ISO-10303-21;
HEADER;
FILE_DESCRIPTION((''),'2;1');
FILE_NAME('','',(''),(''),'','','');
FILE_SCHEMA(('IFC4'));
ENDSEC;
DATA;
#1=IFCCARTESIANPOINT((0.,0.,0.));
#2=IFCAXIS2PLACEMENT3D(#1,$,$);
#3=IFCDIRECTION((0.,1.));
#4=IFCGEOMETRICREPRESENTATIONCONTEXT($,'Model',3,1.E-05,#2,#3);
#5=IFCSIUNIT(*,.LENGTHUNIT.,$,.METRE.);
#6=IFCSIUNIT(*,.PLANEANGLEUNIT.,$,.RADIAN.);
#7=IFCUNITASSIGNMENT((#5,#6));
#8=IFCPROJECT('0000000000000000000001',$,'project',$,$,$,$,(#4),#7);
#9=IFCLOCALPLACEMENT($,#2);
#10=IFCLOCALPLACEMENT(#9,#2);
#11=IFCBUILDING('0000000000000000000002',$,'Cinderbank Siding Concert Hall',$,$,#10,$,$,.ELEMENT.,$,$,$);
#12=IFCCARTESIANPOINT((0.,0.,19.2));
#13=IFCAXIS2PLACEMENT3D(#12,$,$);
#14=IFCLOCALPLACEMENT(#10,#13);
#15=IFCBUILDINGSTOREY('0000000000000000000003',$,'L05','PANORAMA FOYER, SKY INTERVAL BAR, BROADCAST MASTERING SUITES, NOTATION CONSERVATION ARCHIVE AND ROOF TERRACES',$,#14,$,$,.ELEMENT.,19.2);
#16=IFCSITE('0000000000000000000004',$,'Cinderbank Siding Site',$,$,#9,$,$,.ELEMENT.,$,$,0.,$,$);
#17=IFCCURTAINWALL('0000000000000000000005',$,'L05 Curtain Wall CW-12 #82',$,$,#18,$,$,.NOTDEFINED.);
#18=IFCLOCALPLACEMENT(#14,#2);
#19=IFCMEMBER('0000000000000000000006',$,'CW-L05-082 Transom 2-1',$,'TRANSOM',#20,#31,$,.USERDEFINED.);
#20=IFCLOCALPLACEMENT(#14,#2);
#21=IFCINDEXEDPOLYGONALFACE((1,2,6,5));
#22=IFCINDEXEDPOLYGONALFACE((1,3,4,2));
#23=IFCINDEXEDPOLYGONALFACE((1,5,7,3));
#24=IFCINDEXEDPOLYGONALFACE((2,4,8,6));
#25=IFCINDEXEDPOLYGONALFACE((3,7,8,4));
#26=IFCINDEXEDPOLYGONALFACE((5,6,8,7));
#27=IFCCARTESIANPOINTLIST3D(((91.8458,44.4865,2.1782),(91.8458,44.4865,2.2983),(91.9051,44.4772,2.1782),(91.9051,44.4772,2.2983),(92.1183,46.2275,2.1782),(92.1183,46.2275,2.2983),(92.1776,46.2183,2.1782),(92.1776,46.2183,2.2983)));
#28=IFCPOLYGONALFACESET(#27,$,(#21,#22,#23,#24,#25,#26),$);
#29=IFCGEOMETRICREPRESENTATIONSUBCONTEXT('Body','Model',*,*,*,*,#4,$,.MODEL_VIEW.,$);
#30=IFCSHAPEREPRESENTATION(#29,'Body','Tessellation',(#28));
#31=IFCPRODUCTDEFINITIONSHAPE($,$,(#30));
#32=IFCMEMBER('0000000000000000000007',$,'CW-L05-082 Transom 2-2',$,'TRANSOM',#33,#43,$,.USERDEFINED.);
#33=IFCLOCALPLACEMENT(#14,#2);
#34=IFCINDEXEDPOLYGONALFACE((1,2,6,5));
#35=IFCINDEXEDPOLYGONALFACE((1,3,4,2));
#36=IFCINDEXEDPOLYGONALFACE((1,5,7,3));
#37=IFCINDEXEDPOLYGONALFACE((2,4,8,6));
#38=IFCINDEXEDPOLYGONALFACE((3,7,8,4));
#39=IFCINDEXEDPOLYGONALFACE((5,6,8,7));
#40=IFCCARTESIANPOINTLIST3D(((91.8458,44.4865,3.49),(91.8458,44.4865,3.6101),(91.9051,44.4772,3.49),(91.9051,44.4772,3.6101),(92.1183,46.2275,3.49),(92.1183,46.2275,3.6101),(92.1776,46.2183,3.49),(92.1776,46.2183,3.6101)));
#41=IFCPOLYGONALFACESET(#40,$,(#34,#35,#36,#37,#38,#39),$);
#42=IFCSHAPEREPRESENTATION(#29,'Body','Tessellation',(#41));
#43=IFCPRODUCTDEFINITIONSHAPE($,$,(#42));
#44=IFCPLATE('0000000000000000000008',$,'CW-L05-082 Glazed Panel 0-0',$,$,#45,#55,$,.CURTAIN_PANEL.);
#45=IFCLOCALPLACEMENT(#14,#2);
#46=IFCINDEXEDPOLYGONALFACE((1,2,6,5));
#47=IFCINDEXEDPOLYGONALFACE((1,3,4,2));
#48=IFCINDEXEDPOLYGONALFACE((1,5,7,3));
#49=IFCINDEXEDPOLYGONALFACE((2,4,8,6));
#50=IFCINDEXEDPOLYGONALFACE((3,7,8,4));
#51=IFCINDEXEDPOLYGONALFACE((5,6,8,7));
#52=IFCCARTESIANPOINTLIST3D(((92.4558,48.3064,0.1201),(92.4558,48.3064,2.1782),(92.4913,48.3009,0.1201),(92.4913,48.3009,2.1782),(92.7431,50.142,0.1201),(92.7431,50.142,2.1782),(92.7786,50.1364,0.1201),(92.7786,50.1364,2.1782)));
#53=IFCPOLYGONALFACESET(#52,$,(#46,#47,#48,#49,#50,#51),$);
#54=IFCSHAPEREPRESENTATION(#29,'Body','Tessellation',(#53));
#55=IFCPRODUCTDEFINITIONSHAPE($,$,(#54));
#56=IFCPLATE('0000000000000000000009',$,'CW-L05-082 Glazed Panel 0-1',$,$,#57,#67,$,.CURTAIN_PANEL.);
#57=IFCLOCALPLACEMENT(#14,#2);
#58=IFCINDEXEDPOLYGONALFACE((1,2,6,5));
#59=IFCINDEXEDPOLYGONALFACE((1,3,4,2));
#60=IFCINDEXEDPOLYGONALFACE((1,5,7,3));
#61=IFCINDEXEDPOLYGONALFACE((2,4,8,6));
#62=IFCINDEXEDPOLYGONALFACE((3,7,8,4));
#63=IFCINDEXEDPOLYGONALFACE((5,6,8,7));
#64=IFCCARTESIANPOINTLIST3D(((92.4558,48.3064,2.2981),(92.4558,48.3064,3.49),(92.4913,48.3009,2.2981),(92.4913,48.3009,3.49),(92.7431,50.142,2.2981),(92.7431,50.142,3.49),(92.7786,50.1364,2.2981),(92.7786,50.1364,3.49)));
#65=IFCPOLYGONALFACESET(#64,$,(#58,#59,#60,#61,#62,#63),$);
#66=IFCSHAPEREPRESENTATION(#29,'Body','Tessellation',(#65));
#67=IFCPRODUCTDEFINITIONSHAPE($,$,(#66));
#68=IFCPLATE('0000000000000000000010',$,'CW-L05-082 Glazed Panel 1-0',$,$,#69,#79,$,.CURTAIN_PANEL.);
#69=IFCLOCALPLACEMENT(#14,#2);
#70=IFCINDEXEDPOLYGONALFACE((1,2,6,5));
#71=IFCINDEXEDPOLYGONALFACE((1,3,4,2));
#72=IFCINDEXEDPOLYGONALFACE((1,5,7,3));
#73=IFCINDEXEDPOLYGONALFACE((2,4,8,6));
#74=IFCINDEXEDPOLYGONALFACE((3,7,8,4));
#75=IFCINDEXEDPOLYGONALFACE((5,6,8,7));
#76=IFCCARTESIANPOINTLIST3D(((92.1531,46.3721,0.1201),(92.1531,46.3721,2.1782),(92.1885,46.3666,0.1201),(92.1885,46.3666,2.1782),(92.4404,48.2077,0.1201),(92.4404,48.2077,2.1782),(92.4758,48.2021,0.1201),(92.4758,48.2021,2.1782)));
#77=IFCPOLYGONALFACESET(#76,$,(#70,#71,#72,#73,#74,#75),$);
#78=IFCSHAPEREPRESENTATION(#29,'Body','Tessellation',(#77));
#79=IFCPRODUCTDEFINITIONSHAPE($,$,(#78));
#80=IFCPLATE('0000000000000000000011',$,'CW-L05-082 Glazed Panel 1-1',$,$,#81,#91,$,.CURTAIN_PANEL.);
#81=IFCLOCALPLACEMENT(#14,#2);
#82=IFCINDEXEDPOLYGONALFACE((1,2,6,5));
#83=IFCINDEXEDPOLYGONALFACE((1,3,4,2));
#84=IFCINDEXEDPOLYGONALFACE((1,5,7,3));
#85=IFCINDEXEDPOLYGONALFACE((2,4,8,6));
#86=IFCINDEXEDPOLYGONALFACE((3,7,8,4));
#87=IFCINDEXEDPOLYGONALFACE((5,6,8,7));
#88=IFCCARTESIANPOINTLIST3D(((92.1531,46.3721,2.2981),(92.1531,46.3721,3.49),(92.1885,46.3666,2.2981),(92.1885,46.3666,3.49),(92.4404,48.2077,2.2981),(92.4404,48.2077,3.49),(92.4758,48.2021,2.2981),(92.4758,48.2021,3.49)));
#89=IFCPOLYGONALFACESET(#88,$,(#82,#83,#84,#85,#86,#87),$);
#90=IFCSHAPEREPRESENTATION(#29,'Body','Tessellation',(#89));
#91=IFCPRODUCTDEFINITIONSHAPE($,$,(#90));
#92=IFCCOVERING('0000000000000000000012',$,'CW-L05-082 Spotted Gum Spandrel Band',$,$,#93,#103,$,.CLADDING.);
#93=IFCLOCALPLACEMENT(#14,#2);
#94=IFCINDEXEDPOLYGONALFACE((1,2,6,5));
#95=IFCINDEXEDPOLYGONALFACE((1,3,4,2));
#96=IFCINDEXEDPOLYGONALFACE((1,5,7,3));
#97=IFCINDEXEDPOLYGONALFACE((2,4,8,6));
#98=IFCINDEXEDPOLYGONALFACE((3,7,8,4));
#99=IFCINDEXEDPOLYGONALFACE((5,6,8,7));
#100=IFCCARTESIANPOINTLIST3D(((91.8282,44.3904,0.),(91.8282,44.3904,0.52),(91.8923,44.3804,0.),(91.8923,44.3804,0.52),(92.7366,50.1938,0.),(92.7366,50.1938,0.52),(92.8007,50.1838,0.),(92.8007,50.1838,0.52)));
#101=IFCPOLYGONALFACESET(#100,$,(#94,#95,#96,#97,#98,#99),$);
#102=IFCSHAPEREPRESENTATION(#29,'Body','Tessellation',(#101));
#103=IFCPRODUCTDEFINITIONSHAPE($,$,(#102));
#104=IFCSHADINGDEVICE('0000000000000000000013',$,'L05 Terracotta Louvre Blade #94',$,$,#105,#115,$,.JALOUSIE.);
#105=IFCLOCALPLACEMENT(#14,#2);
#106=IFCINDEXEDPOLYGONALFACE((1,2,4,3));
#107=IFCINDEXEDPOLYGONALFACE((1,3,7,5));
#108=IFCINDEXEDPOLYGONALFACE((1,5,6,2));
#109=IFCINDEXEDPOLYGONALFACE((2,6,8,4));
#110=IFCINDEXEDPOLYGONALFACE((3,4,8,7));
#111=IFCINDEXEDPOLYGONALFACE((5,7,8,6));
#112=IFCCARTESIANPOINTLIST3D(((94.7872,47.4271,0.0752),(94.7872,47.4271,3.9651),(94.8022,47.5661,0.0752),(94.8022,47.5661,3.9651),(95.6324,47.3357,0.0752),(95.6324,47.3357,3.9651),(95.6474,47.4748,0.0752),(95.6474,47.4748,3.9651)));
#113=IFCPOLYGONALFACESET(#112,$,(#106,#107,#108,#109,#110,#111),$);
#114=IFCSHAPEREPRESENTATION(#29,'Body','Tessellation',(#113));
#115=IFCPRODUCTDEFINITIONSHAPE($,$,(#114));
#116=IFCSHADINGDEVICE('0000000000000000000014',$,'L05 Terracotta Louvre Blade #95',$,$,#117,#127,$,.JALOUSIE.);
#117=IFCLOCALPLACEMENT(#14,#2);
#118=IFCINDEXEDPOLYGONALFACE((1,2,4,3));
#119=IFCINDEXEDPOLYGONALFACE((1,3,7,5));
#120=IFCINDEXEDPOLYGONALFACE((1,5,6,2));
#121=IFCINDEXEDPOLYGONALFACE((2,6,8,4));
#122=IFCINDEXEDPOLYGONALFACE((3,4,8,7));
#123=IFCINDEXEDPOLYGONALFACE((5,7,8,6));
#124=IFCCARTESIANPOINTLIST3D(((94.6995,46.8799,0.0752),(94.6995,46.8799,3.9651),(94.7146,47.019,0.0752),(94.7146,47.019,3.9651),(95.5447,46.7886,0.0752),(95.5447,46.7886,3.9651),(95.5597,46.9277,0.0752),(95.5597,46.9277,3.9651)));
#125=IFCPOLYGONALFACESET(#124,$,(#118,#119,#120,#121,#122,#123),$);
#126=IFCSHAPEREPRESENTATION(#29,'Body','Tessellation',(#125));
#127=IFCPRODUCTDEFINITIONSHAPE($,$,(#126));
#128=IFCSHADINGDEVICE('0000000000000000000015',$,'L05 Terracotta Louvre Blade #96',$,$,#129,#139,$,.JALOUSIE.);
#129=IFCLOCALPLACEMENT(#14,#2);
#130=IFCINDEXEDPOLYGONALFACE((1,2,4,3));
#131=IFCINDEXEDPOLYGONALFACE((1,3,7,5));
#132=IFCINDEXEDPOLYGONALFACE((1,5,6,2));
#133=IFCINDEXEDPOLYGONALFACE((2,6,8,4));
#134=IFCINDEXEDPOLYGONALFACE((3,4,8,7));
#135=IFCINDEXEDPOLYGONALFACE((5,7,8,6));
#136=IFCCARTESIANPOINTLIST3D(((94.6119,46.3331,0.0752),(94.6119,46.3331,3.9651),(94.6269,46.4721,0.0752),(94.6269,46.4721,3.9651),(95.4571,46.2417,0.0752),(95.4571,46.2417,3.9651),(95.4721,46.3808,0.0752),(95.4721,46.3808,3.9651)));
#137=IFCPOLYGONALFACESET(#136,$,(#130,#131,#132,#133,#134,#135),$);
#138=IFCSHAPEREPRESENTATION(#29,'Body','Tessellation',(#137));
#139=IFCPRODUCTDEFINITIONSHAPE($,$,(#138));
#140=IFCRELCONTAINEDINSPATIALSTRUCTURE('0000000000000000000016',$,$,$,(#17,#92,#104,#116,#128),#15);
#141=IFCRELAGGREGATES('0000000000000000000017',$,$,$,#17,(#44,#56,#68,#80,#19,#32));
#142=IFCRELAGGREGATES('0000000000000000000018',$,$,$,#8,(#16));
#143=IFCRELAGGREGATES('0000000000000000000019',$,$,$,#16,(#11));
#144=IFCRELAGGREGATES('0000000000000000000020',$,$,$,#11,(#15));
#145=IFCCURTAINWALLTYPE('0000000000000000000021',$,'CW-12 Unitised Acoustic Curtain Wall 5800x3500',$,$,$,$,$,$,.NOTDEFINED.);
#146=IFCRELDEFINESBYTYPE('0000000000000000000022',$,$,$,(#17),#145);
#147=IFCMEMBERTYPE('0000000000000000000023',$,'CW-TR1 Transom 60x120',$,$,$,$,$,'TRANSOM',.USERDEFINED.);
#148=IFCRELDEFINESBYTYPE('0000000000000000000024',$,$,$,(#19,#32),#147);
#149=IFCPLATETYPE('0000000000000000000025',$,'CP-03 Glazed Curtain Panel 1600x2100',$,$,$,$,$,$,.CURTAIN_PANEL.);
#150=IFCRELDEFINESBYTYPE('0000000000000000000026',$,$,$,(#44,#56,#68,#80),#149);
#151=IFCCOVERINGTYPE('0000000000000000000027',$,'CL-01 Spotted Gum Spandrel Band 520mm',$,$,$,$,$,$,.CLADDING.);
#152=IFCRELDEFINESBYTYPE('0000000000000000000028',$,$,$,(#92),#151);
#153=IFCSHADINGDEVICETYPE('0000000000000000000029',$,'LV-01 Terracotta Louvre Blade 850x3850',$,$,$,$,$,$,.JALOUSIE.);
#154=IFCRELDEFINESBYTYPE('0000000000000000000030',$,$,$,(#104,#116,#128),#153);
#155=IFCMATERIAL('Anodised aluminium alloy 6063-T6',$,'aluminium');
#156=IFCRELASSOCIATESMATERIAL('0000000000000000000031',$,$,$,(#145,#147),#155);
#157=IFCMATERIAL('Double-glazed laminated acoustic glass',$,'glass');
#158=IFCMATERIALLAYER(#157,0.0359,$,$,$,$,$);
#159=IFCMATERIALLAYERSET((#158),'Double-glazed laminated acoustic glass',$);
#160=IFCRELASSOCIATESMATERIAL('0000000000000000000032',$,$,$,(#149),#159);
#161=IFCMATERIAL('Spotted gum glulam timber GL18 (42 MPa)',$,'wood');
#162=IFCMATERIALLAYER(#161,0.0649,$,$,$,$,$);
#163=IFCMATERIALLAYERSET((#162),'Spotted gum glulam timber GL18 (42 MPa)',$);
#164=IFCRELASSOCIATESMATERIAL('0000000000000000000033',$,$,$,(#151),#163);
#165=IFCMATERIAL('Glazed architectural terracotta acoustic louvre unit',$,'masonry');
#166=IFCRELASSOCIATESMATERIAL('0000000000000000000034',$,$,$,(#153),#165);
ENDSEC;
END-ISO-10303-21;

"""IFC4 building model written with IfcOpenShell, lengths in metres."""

from ifc_helpers import new_model, si_unit, direction, frame, origin, origin_2d, place, context, subcontext, project, spatial, rectangle, extrude, material, layer, layer_set, material_profile, profile_set, type_object, element, aggregate, save


model = new_model("IFC4")

# Units and contexts
model_context = context("Model", 3, precision=1e-05, world=origin(), true_north=direction((0.0, 1.0)))
body_context = subcontext(model_context, "Body", "Model", "MODEL_VIEW")
ifc_project = project(units=[si_unit("LENGTHUNIT", "METRE"), si_unit("PLANEANGLEUNIT", "RADIAN")], contexts=[model_context])

# Site, building, storey
site_placement = place(None, origin())
site = spatial("IfcSite", under=ifc_project, at=site_placement, Name="Cinderbank Siding Site", CompositionType="ELEMENT", RefElevation=0.0)
building_placement = place(site_placement, origin())
building = spatial("IfcBuilding", under=site, at=building_placement, Name="Cinderbank Siding Concert Hall", CompositionType="ELEMENT")
storey_placement = place(building_placement, frame((0.0, 0.0, 19.2)))
storey = spatial("IfcBuildingStorey", under=building, at=storey_placement, Name="L05", Description="PANORAMA FOYER, SKY INTERVAL BAR, BROADCAST MASTERING SUITES, NOTATION CONSERVATION ARCHIVE AND ROOF TERRACES", CompositionType="ELEMENT", Elevation=19.2)

# Curtain wall, members, plates
ifc_material_1 = material(Name="Anodised aluminium alloy 6063-T6", Category="aluminium")
curtain_wall_type = type_object("IfcCurtainWallType", Name="CW-12 Unitised Acoustic Curtain Wall 5800x3500", PredefinedType="NOTDEFINED", material=ifc_material_1)
curtain_wall_placement = place(storey_placement, origin())
curtain_wall = element("IfcCurtainWall", 1, at=curtain_wall_placement, inside=storey, type_object=curtain_wall_type, Name="L05 Curtain Wall CW-12 #82", PredefinedType="NOTDEFINED")
ifc_material_profile_1 = material_profile(ifc_material_1, rectangle(XDim=0.0601, YDim=0.1201, at=origin_2d()), Name="ALU-TRAN-60x120", Category="LoadBearing")
ifc_profile_set_1 = profile_set([ifc_material_profile_1], Name="Anodised aluminium alloy 6063-T6")
member_type_1 = type_object("IfcMemberType", Name="CW-TR1 Transom 60x120", ElementType="TRANSOM", PredefinedType="USERDEFINED", material=ifc_profile_set_1)
member_1_placement = place(storey_placement, frame((92.1479, 46.2229, 2.2383), z_axis=(-0.154618, -0.987974, 0.0), x_axis=(0.987974, -0.154618, 0.0)))
member_1 = element("IfcMember", 2, at=member_1_placement, type_object=member_type_1, Name="CW-L05-082 Transom 2-1", ObjectType="TRANSOM", PredefinedType="USERDEFINED", context=body_context, shape_type="SweptSolid", body=[
    extrude(rectangle(XDim=0.0601, YDim=0.1201, at=origin_2d()), origin(), (0.0, 0.0, 1.0), 1.7622),
])
member_2_placement = place(storey_placement, frame((92.1479, 46.2229, 3.55), z_axis=(-0.154618, -0.987974, 0.0), x_axis=(0.987974, -0.154618, 0.0)))
member_2 = element("IfcMember", 3, at=member_2_placement, type_object=member_type_1, Name="CW-L05-082 Transom 2-2", ObjectType="TRANSOM", PredefinedType="USERDEFINED", context=body_context, shape_type="SweptSolid", body=[
    extrude(rectangle(XDim=0.0601, YDim=0.1201, at=origin_2d()), origin(), (0.0, 0.0, 1.0), 1.7622),
])
ifc_material_2 = material(Name="Double-glazed laminated acoustic glass", Category="glass")
ifc_layer_1 = layer(ifc_material_2, 0.0359)
ifc_layer_set_1 = layer_set([ifc_layer_1], Name="Double-glazed laminated acoustic glass")
plate_type = type_object("IfcPlateType", Name="CP-03 Glazed Curtain Panel 1600x2100", PredefinedType="CURTAIN_PANEL", material=ifc_layer_set_1)
plate_1_placement = place(storey_placement, frame((92.6172, 49.2214, 0.1201), z_axis=(0.0, 0.0, 1.0), x_axis=(-0.154643, -0.98797, 0.0)))
plate_1 = element("IfcPlate", 4, at=plate_1_placement, type_object=plate_type, Name="CW-L05-082 Glazed Panel 0-0", PredefinedType="CURTAIN_PANEL", context=body_context, shape_type="SweptSolid", body=[
    extrude(rectangle(XDim=1.8579, YDim=0.0359, at=origin_2d()), origin(), (0.0, 0.0, 1.0), 2.0581),
])
plate_2_placement = place(storey_placement, frame((92.6172, 49.2214, 2.2981), z_axis=(0.0, 0.0, 1.0), x_axis=(-0.154643, -0.98797, 0.0)))
plate_2 = element("IfcPlate", 5, at=plate_2_placement, type_object=plate_type, Name="CW-L05-082 Glazed Panel 0-1", PredefinedType="CURTAIN_PANEL", context=body_context, shape_type="SweptSolid", body=[
    extrude(rectangle(XDim=1.8579, YDim=0.0359, at=origin_2d()), origin(), (0.0, 0.0, 1.0), 1.1919),
])
plate_3_placement = place(storey_placement, frame((92.3145, 47.2871, 0.1201), z_axis=(0.0, 0.0, 1.0), x_axis=(-0.154643, -0.98797, 0.0)))
plate_3 = element("IfcPlate", 6, at=plate_3_placement, type_object=plate_type, Name="CW-L05-082 Glazed Panel 1-0", PredefinedType="CURTAIN_PANEL", context=body_context, shape_type="SweptSolid", body=[
    extrude(rectangle(XDim=1.8579, YDim=0.0359, at=origin_2d()), origin(), (0.0, 0.0, 1.0), 2.0581),
])
plate_4_placement = place(storey_placement, frame((92.3145, 47.2871, 2.2981), z_axis=(0.0, 0.0, 1.0), x_axis=(-0.154643, -0.98797, 0.0)))
plate_4 = element("IfcPlate", 7, at=plate_4_placement, type_object=plate_type, Name="CW-L05-082 Glazed Panel 1-1", PredefinedType="CURTAIN_PANEL", context=body_context, shape_type="SweptSolid", body=[
    extrude(rectangle(XDim=1.8579, YDim=0.0359, at=origin_2d()), origin(), (0.0, 0.0, 1.0), 1.1919),
])
aggregate(curtain_wall, [plate_1, plate_2, plate_3, plate_4, member_1, member_2])

# Covering
ifc_material_3 = material(Name="Spotted gum glulam timber GL18 (42 MPa)", Category="wood")
ifc_layer_2 = layer(ifc_material_3, 0.0649)
ifc_layer_set_2 = layer_set([ifc_layer_2], Name="Spotted gum glulam timber GL18 (42 MPa)")
covering_type = type_object("IfcCoveringType", Name="CL-01 Spotted Gum Spandrel Band 520mm", PredefinedType="CLADDING", material=ifc_layer_set_2)
covering_placement = place(storey_placement, frame((92.3145, 47.2871, 0.0), z_axis=(0.0, 0.0, 1.0), x_axis=(-0.154643, -0.98797, 0.0)))
element("IfcCovering", 8, at=covering_placement, inside=storey, type_object=covering_type, Name="CW-L05-082 Spotted Gum Spandrel Band", PredefinedType="CLADDING", context=body_context, shape_type="SweptSolid", body=[
    extrude(rectangle(XDim=5.874, YDim=0.0649, at=origin_2d()), origin(), (0.0, 0.0, 1.0), 0.52),
])

# Shading devices
ifc_material_4 = material(Name="Glazed architectural terracotta acoustic louvre unit", Category="masonry")
shading_device_type = type_object("IfcShadingDeviceType", Name="LV-01 Terracotta Louvre Blade 850x3850", PredefinedType="JALOUSIE", material=ifc_material_4)
for number, where, z_axis, x_axis, name in (
    (9, (95.2173, 47.4509, 0.0752), (0.0, 0.0, 1.0), (-0.994211, 0.107447, 0.0), "L05 Terracotta Louvre Blade #94"),
    (10, (95.1296, 46.9038, 0.0752), (0.0, 0.0, 1.0), (-0.994211, 0.107447, 0.0), "L05 Terracotta Louvre Blade #95"),
    (11, (95.042, 46.3569, 0.0752), (0.0, 0.0, 1.0), (-0.994211, 0.107447, 0.0), "L05 Terracotta Louvre Blade #96"),
):
    element("IfcShadingDevice", number, at=place(storey_placement, frame(where, z_axis=z_axis, x_axis=x_axis)), inside=storey, type_object=shading_device_type, Name=name, PredefinedType="JALOUSIE", context=body_context, shape_type="SweptSolid", body=[
        extrude(rectangle(XDim=0.8501, YDim=0.1399, at=origin_2d()), origin(), (0.0, 0.0, 1.0), 3.8899),
    ])

save(model, "model.ifc")
